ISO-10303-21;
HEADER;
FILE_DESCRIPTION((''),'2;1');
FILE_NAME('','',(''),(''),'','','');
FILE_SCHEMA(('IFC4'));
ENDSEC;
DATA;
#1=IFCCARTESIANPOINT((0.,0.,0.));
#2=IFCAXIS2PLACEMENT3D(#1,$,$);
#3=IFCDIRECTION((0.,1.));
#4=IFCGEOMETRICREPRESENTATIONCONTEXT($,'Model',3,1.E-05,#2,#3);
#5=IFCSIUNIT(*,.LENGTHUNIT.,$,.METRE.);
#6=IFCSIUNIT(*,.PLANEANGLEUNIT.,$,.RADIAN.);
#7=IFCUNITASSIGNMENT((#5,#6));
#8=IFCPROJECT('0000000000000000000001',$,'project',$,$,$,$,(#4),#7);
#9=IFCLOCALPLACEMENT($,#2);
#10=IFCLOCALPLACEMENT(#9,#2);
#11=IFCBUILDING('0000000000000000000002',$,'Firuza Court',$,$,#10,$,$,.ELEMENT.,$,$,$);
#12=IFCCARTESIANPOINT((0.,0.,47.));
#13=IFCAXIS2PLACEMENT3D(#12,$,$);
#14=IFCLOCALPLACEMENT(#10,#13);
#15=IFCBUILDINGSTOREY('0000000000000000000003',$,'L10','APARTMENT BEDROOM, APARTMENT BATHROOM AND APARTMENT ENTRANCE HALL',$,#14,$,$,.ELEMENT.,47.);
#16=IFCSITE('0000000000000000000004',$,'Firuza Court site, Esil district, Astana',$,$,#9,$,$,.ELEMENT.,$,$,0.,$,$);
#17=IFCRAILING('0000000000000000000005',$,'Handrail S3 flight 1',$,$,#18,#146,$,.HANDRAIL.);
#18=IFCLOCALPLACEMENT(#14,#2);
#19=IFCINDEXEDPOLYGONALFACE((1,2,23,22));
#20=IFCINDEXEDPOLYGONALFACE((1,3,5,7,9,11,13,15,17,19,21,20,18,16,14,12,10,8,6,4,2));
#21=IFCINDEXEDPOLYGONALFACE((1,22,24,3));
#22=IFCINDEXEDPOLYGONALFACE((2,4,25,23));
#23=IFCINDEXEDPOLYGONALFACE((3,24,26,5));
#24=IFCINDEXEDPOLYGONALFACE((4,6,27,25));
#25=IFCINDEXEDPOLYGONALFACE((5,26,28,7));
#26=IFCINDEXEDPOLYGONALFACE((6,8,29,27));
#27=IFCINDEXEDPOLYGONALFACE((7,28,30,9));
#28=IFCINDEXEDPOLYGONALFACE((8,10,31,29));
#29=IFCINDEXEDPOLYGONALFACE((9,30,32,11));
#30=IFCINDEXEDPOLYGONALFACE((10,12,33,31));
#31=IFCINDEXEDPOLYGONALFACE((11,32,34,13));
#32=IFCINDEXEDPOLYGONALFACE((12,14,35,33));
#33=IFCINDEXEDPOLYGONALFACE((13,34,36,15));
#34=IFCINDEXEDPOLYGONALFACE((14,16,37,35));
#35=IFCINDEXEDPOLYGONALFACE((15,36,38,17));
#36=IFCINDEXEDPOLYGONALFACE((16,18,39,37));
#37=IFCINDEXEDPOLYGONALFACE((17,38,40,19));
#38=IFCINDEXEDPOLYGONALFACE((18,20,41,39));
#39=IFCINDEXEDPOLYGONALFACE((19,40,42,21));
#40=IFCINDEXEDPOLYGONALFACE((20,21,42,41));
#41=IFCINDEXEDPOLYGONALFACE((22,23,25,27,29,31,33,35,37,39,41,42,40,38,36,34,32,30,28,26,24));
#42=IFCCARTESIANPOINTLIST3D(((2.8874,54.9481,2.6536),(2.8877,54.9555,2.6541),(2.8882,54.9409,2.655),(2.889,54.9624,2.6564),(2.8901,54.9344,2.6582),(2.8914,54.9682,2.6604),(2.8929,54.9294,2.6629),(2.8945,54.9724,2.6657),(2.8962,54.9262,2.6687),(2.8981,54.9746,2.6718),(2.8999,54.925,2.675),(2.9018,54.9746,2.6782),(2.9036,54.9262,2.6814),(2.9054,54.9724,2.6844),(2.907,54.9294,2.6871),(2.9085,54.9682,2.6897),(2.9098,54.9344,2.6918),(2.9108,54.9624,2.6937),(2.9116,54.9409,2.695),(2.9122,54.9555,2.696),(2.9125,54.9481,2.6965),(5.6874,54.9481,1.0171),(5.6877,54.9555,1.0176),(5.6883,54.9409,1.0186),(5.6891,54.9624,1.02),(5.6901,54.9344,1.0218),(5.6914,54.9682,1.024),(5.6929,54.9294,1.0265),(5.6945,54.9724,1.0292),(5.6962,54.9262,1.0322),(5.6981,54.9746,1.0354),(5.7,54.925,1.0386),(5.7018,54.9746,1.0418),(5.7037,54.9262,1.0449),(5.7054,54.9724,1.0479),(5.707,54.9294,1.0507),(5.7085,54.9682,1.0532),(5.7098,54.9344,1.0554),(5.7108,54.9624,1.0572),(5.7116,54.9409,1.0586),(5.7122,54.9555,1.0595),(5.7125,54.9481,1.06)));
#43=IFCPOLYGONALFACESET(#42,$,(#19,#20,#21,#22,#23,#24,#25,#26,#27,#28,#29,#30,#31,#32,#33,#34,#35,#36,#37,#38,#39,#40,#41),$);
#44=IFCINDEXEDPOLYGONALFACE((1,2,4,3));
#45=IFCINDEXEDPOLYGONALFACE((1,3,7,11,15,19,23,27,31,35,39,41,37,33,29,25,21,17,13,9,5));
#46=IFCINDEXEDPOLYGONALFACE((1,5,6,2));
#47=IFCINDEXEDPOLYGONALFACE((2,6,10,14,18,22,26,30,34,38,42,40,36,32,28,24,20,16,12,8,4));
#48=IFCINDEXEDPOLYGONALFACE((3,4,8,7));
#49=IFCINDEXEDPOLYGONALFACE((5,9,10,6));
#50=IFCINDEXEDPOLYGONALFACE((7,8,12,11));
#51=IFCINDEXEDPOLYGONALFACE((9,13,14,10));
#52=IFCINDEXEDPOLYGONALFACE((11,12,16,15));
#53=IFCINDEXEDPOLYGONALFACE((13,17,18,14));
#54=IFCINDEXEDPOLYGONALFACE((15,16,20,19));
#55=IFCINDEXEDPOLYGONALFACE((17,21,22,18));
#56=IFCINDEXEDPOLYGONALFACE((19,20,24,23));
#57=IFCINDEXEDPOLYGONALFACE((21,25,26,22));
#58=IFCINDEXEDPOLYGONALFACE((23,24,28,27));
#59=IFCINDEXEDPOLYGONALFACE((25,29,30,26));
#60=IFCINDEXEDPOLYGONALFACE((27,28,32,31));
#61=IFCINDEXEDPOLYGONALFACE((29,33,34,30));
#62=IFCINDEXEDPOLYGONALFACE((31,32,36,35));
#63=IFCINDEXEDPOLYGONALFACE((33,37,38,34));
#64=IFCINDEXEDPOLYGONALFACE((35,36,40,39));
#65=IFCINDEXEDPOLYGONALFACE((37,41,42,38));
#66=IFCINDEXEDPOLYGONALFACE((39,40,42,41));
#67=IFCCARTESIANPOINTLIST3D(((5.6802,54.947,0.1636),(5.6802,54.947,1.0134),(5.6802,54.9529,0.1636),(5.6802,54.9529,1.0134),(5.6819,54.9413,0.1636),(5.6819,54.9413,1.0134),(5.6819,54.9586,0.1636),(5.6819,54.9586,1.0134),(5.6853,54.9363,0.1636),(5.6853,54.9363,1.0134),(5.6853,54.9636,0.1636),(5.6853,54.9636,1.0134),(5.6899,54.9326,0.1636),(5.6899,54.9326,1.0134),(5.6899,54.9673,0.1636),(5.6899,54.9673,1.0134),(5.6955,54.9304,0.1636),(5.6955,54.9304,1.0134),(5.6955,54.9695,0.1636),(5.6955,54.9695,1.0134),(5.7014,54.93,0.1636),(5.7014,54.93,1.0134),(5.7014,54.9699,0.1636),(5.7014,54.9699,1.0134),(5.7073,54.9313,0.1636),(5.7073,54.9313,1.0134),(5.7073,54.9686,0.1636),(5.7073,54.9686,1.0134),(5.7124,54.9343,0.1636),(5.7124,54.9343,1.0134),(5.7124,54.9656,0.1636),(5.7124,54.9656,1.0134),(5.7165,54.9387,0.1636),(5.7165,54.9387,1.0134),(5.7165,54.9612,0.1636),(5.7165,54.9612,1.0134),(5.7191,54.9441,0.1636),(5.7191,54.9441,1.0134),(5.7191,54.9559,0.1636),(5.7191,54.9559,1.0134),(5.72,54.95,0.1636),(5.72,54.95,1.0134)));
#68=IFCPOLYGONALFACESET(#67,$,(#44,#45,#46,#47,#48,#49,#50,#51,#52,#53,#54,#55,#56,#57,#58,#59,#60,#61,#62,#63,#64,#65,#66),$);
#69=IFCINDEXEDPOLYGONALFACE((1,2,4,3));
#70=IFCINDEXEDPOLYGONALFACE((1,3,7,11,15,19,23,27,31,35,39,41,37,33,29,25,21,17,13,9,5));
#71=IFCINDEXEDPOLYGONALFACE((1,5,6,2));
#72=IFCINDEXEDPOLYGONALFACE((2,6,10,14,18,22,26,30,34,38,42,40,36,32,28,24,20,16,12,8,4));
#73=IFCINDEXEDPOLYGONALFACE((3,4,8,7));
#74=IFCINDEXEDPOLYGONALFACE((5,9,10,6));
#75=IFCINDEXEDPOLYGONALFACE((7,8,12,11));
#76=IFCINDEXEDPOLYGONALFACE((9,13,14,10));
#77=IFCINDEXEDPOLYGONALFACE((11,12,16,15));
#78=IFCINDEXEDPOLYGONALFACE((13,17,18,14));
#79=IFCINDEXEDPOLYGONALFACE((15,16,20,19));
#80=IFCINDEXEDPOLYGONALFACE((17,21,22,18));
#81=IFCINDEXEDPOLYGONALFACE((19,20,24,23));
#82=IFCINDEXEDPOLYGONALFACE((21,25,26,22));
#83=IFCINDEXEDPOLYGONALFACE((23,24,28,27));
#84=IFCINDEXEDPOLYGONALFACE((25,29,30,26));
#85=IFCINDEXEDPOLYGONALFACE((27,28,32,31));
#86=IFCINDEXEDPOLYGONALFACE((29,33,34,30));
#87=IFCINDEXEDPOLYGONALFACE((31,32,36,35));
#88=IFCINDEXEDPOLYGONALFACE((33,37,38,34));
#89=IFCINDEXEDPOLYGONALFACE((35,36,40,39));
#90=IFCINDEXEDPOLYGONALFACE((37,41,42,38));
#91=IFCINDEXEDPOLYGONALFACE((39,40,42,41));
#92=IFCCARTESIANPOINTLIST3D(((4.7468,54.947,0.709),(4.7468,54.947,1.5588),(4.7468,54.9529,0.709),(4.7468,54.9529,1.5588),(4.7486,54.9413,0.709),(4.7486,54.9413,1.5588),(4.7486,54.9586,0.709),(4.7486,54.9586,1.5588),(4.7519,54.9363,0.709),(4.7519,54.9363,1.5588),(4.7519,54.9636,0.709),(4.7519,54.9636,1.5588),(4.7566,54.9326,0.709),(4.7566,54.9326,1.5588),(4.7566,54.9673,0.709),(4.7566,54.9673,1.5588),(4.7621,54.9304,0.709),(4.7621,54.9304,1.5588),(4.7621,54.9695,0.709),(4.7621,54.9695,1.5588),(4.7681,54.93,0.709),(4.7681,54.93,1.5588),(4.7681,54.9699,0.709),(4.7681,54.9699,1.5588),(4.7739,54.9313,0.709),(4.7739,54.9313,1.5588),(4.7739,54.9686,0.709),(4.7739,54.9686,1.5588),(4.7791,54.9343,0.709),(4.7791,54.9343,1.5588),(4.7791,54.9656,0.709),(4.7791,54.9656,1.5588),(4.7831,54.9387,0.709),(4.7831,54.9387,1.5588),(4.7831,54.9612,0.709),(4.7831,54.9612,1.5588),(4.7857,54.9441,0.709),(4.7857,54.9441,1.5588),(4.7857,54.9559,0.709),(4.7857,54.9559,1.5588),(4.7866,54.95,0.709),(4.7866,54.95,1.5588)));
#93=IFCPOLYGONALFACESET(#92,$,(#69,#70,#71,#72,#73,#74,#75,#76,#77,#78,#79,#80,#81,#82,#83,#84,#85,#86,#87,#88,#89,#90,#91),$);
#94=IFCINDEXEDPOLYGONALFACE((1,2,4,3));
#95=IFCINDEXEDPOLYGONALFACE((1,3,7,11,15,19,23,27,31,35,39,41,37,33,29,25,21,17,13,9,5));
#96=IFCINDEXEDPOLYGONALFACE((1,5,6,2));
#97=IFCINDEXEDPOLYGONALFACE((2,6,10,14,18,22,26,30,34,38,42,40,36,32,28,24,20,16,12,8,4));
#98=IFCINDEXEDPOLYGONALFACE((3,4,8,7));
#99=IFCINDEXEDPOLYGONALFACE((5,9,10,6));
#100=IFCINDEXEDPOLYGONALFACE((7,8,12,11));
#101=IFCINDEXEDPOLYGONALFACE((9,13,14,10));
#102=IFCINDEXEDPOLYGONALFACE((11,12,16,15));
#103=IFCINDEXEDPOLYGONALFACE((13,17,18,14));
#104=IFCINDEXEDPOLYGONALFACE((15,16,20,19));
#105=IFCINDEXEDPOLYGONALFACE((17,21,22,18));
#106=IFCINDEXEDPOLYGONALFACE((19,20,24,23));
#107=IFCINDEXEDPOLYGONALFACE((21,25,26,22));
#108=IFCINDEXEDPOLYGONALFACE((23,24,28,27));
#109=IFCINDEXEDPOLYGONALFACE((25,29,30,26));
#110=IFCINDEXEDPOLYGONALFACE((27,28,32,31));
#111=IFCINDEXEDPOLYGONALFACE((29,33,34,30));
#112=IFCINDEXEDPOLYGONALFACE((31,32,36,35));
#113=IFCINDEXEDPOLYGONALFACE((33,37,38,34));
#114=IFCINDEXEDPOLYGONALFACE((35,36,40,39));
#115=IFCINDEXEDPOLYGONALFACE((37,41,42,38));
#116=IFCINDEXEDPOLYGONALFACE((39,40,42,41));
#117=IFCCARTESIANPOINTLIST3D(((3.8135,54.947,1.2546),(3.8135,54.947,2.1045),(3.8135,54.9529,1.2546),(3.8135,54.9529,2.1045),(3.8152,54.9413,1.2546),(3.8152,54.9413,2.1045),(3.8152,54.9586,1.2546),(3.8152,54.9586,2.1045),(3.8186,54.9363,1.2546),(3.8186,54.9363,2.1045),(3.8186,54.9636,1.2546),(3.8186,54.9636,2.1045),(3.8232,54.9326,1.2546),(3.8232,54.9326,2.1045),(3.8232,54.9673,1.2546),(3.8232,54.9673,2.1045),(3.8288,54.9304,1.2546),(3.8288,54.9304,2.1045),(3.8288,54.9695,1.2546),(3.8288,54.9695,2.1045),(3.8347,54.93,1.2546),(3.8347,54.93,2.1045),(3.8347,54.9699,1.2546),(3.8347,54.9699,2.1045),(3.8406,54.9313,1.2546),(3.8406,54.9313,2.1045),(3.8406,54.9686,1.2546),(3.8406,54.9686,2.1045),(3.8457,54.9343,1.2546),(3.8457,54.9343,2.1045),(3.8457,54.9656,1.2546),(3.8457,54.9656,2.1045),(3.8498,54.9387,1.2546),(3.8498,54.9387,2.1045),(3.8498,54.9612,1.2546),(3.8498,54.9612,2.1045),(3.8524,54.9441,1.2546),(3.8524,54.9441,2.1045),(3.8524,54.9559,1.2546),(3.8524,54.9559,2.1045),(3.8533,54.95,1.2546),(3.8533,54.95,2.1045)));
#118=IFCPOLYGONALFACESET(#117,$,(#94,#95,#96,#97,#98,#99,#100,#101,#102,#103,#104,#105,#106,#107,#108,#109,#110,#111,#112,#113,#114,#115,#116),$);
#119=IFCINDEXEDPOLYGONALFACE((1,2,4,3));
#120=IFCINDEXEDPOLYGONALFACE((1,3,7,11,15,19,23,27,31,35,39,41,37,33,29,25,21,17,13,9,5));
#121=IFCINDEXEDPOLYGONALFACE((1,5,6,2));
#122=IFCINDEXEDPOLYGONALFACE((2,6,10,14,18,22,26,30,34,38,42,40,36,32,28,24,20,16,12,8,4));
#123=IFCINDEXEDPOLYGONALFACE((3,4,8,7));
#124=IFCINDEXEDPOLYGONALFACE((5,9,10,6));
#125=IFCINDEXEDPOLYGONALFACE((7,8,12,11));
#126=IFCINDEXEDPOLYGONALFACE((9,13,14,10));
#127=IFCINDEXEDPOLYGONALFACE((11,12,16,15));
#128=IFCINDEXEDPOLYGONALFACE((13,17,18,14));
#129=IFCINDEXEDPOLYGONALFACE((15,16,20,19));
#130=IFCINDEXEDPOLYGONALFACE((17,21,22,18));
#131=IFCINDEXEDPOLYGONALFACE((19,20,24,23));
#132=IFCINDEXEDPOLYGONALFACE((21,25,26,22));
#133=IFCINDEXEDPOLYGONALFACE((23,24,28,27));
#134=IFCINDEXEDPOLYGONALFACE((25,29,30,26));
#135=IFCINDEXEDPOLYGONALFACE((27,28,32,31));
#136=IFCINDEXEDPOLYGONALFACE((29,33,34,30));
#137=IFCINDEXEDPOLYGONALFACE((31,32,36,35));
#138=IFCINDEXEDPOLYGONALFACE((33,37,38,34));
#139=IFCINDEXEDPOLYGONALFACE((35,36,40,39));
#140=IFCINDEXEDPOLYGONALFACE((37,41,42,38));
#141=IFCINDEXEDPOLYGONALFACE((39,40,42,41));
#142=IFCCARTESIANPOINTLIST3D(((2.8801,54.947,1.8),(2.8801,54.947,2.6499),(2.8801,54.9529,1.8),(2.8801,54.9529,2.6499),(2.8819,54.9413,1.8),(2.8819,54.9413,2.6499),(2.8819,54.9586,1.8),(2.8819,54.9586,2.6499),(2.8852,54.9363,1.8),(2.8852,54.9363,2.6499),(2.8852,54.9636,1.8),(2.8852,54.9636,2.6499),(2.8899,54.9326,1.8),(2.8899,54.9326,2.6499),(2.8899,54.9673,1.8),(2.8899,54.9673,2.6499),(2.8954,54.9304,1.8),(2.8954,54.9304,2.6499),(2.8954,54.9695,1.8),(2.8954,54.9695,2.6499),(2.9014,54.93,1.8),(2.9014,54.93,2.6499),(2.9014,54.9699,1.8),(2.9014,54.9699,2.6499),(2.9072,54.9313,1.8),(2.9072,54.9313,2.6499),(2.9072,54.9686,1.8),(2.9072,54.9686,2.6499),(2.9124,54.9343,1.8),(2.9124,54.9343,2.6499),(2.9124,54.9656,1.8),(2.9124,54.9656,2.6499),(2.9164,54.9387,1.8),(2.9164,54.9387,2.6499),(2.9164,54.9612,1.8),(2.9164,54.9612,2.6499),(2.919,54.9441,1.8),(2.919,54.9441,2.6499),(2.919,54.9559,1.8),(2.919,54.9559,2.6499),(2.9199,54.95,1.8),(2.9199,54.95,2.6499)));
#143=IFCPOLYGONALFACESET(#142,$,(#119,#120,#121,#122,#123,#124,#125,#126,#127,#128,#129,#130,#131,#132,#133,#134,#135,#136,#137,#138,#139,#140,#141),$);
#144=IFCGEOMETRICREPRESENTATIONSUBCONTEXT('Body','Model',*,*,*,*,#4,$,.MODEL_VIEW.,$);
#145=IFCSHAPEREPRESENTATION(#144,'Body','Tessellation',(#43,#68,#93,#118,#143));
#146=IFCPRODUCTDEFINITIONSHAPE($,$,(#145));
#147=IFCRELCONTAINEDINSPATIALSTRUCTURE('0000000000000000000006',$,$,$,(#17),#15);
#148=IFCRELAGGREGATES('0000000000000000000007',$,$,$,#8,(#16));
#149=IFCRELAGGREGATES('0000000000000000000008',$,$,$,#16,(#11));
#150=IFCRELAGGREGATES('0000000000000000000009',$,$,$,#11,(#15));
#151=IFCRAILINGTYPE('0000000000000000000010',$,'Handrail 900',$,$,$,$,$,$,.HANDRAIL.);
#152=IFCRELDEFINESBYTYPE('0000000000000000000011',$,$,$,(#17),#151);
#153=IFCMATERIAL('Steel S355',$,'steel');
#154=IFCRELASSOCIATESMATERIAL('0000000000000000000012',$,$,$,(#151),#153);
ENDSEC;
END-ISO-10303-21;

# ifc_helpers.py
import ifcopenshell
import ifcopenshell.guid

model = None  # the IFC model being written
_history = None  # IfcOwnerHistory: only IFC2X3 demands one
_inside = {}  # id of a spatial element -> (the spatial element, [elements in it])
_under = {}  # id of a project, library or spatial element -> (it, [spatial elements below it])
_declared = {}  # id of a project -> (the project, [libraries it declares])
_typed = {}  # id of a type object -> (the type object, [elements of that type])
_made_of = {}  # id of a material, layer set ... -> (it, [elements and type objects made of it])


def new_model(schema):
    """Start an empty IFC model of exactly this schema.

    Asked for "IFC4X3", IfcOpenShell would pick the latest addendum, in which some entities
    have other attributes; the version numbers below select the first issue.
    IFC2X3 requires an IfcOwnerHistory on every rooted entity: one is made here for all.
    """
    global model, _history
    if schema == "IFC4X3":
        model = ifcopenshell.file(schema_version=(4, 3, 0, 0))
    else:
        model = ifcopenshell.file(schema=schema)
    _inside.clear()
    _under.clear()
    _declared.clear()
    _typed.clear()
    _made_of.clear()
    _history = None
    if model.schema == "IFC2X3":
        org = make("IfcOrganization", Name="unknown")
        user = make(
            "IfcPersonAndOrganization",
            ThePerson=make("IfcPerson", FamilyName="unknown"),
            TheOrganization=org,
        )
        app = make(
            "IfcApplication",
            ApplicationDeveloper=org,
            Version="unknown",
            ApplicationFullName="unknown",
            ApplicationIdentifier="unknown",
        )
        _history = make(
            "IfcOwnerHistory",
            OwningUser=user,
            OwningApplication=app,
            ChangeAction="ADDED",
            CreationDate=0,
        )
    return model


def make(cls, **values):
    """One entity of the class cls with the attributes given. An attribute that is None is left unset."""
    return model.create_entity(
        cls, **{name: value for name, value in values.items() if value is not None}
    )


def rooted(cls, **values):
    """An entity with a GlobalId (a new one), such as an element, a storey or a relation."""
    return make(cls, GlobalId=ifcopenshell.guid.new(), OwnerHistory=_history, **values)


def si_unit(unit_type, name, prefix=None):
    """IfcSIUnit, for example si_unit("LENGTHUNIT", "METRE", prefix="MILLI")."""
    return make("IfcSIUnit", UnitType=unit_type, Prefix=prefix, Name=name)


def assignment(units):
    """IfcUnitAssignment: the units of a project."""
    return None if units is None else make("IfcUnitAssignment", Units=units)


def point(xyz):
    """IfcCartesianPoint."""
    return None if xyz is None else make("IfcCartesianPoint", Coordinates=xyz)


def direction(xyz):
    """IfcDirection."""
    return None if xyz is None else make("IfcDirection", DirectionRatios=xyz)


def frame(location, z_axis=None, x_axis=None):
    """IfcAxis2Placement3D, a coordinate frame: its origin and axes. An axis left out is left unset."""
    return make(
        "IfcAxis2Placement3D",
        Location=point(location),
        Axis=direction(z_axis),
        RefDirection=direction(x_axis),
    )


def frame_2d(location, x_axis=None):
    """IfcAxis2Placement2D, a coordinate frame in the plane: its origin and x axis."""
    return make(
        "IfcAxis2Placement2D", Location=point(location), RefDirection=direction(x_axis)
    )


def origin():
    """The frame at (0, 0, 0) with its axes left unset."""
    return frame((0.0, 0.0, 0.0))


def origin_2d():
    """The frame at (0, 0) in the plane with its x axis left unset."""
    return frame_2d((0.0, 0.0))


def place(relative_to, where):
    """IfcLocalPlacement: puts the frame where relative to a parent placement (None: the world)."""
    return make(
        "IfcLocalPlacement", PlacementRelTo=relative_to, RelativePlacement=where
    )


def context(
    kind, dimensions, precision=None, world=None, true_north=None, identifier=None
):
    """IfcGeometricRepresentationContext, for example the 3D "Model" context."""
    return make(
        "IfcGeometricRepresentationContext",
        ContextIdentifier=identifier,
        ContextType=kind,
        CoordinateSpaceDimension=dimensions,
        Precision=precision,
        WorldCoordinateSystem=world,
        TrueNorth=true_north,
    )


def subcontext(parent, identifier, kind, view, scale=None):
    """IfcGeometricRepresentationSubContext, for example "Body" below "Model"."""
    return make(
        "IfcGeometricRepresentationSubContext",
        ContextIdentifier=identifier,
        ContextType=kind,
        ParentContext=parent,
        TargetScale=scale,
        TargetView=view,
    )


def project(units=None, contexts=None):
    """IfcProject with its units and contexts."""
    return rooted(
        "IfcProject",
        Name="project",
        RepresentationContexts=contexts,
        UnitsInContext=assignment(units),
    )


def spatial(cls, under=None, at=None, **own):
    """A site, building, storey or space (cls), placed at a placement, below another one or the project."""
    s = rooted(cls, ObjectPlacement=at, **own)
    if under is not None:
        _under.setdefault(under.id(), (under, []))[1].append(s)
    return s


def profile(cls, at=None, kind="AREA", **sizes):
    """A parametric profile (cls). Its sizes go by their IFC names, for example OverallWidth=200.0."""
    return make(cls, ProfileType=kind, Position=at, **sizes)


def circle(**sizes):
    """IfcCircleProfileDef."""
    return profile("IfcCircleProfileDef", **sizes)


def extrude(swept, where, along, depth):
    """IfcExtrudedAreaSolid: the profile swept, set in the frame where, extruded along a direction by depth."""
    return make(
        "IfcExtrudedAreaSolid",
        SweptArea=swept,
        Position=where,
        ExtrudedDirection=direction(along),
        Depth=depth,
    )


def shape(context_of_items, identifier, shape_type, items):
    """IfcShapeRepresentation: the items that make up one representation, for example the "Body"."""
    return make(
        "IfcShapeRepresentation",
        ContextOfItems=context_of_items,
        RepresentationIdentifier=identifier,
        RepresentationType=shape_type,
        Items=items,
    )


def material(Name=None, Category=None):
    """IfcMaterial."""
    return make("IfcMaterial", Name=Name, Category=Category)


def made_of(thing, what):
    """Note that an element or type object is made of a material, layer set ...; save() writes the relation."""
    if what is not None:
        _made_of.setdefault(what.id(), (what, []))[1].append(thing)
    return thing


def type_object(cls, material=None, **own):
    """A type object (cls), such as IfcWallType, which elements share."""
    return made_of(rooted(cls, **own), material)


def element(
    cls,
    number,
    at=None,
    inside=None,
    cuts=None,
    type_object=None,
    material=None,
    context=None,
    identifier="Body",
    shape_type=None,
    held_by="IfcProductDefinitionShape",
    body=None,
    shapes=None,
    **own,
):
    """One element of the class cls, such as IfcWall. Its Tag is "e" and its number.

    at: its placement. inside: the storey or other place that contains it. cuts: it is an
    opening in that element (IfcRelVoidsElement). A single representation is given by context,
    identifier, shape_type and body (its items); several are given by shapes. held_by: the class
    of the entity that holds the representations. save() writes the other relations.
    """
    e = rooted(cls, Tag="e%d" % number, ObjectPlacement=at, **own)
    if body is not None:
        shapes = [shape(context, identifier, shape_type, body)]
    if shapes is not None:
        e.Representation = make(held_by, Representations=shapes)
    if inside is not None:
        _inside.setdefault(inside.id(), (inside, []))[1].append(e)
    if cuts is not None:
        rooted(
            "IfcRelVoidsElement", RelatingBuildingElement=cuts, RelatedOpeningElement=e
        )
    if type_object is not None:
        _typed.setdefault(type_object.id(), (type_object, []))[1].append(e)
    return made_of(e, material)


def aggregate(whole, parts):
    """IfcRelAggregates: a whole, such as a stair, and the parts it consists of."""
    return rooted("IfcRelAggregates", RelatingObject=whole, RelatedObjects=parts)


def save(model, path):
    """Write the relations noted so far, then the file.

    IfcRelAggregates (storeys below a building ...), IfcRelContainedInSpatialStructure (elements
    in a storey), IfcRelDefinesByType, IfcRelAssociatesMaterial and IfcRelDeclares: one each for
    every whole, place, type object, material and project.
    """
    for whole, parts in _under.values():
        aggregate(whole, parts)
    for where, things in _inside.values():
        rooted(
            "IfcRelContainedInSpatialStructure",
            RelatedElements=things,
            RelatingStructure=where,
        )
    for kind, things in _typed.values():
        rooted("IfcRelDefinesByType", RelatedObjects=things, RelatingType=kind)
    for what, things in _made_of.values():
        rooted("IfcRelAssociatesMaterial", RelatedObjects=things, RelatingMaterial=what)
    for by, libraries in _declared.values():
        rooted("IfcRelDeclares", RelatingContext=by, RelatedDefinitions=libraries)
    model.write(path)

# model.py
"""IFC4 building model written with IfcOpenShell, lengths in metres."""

from ifc_helpers import new_model, si_unit, direction, frame, origin, origin_2d, place, context, subcontext, project, spatial, circle, extrude, material, type_object, element, save


model = new_model("IFC4")

# Units and contexts
model_context = context("Model", 3, precision=1e-05, world=origin(), true_north=direction((0.0, 1.0)))
body_context = subcontext(model_context, "Body", "Model", "MODEL_VIEW")
ifc_project = project(units=[si_unit("LENGTHUNIT", "METRE"), si_unit("PLANEANGLEUNIT", "RADIAN")], contexts=[model_context])

# Site, building, storey
site_placement = place(None, origin())
site = spatial("IfcSite", under=ifc_project, at=site_placement, Name="Firuza Court site, Esil district, Astana", CompositionType="ELEMENT", RefElevation=0.0)
building_placement = place(site_placement, origin())
building = spatial("IfcBuilding", under=site, at=building_placement, Name="Firuza Court", CompositionType="ELEMENT")
storey_placement = place(building_placement, frame((0.0, 0.0, 47.0)))
storey = spatial("IfcBuildingStorey", under=building, at=storey_placement, Name="L10", Description="APARTMENT BEDROOM, APARTMENT BATHROOM AND APARTMENT ENTRANCE HALL", CompositionType="ELEMENT", Elevation=47.0)

# Railing
ifc_material_1 = material(Name="Steel S355", Category="steel")
railing_type_1 = type_object("IfcRailingType", Name="Handrail 900", PredefinedType="HANDRAIL", material=ifc_material_1)
railing_1_placement = place(storey_placement, frame((5.7, 54.95, 0.1636)))
element("IfcRailing", 1, at=railing_1_placement, inside=storey, type_object=railing_type_1, Name="Handrail S3 flight 1", PredefinedType="HANDRAIL", context=body_context, shape_type="SweptSolid", body=[
    extrude(circle(Radius=0.0249, at=origin_2d()), frame((0.0, 0.0, 0.875), z_axis=(-0.863361, 0.0, 0.504587), x_axis=(0.0, -1.0, 0.0)), (0.0, 0.0, 1.0), 3.2432),
    extrude(circle(Radius=0.02, at=origin_2d()), origin(), (0.0, 0.0, 1.0), 0.8499),
    extrude(circle(Radius=0.02, at=origin_2d()), frame((-0.9333, 0.0, 0.5454)), (0.0, 0.0, 1.0), 0.8499),
    extrude(circle(Radius=0.02, at=origin_2d()), frame((-1.8667, 0.0, 1.0911)), (0.0, 0.0, 1.0), 0.8499),
    extrude(circle(Radius=0.02, at=origin_2d()), frame((-2.8, 0.0, 1.6365)), (0.0, 0.0, 1.0), 0.8499),
])

save(model, "model.ifc")
